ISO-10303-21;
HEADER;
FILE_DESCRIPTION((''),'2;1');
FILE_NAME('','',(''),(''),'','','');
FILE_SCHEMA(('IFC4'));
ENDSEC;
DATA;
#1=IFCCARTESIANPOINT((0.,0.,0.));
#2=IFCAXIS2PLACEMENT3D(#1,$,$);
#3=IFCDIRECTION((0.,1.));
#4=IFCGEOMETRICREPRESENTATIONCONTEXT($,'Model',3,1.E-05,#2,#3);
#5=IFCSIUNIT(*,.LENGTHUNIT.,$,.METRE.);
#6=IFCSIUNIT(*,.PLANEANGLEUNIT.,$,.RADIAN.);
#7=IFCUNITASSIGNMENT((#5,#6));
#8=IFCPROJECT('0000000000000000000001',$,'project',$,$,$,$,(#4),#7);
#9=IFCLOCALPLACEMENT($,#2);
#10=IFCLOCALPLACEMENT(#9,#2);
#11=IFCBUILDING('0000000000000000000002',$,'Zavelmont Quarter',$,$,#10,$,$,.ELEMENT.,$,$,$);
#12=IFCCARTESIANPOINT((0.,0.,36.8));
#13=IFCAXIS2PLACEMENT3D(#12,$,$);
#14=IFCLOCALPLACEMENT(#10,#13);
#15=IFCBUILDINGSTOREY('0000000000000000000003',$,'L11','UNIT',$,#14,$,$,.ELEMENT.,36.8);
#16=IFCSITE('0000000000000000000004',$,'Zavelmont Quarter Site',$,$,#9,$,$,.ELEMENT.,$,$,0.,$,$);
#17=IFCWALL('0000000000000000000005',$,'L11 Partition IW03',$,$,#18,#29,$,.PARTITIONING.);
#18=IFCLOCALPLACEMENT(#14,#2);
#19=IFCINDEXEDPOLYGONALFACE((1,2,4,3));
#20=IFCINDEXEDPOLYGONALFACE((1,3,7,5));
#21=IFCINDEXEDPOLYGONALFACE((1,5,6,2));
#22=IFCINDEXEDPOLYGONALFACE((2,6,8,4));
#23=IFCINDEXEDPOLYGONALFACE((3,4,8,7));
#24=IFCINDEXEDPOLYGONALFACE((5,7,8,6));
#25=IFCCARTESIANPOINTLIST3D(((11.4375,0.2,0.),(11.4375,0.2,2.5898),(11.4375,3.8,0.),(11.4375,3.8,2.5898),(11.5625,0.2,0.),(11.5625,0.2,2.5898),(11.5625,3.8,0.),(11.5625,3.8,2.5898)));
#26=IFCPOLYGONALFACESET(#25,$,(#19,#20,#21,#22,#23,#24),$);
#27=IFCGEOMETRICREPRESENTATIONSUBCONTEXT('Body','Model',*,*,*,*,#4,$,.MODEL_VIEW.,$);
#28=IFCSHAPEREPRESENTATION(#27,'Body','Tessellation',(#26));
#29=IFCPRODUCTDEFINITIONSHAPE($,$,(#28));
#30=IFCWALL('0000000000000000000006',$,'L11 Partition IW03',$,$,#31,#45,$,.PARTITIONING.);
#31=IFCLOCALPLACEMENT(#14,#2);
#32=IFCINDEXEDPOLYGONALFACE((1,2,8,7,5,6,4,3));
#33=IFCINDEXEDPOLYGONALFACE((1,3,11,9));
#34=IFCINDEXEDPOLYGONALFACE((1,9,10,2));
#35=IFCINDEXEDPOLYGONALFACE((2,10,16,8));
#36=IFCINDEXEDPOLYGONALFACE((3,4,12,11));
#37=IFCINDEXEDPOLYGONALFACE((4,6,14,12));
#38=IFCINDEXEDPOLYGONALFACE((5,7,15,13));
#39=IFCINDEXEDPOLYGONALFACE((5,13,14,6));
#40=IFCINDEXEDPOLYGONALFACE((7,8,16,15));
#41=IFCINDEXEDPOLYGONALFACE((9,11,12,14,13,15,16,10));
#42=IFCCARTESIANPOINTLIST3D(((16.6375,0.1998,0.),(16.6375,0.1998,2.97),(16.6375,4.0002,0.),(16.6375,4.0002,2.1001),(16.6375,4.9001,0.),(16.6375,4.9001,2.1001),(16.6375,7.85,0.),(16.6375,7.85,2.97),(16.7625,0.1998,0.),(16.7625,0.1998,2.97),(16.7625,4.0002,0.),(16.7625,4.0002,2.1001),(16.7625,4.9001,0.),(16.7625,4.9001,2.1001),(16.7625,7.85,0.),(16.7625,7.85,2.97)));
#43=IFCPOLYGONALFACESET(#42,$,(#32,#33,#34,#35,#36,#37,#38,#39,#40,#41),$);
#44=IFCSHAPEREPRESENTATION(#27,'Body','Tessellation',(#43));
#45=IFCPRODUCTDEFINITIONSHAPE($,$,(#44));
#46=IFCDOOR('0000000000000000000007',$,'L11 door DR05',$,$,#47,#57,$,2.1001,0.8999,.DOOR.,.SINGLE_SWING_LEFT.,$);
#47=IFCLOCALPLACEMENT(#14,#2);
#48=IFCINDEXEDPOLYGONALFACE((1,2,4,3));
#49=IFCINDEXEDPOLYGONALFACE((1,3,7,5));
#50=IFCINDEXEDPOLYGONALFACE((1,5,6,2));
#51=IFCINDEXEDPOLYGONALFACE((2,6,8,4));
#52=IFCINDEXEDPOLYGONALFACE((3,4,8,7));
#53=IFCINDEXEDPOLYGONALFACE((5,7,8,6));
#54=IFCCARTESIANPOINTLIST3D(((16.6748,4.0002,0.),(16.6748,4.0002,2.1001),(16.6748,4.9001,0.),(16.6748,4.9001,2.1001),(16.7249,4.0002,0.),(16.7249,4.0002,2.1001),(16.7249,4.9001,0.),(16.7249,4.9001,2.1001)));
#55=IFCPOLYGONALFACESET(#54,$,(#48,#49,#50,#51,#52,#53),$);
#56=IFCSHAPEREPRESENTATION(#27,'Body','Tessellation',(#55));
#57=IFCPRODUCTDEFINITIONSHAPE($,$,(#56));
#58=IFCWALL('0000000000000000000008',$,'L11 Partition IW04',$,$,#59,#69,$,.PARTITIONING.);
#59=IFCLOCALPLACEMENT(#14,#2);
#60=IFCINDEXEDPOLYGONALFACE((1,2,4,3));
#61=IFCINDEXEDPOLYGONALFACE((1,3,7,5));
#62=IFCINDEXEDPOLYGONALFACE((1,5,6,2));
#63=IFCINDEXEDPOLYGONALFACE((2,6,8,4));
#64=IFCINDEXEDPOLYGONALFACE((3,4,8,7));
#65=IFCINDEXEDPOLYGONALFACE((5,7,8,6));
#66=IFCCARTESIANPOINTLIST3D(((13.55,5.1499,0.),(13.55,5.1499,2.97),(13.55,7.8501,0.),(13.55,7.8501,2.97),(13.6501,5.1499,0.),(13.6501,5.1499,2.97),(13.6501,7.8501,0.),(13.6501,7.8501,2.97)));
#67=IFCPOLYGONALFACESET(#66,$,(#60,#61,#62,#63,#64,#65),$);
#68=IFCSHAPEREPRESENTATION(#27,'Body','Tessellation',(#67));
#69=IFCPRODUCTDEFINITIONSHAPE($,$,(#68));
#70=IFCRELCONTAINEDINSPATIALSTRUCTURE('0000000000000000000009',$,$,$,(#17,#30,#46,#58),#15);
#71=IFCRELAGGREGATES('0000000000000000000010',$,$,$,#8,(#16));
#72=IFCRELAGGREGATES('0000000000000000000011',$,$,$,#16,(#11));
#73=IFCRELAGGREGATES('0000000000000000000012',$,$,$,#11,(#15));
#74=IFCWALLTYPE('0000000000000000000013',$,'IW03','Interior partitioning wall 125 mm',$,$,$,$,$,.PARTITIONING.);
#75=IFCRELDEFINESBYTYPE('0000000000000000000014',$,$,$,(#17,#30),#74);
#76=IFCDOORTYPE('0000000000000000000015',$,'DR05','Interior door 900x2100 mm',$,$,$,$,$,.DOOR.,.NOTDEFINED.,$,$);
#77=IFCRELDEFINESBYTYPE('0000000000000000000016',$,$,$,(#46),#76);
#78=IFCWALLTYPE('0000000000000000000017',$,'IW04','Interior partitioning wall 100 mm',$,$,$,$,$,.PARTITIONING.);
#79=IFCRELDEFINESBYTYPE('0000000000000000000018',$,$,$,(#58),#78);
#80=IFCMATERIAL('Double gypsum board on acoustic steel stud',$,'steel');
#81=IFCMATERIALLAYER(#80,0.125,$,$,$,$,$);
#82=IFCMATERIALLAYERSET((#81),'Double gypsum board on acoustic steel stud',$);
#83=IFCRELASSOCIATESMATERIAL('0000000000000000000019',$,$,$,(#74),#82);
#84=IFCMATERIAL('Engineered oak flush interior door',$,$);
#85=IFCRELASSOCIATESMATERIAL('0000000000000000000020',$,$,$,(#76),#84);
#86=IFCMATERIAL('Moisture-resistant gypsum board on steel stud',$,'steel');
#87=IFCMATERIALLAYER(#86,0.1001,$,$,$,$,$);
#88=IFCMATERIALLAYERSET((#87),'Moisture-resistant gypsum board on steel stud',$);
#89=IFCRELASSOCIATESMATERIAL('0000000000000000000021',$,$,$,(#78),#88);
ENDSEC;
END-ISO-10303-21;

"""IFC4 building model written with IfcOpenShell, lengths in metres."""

from ifc_helpers import new_model, si_unit, direction, frame, frame_2d, origin, origin_with_axes, place, context, subcontext, project, spatial, rectangle, extrude, material, layer, layer_set, type_object, element, fill, save


model = new_model("IFC4")

# Units and contexts
model_context = context("Model", 3, precision=1e-05, world=origin(), true_north=direction((0.0, 1.0)))
body_context = subcontext(model_context, "Body", "Model", "MODEL_VIEW")
ifc_project = project(units=[si_unit("LENGTHUNIT", "METRE"), si_unit("PLANEANGLEUNIT", "RADIAN")], contexts=[model_context])

# Site, building, storey
site_placement = place(None, origin())
site = spatial("IfcSite", under=ifc_project, at=site_placement, Name="Zavelmont Quarter Site", CompositionType="ELEMENT", RefElevation=0.0)
building_placement = place(site_placement, origin())
building = spatial("IfcBuilding", under=site, at=building_placement, Name="Zavelmont Quarter", CompositionType="ELEMENT")
storey_placement = place(building_placement, frame((0.0, 0.0, 36.8)))
storey = spatial("IfcBuildingStorey", under=building, at=storey_placement, Name="L11", Description="UNIT", CompositionType="ELEMENT", Elevation=36.8)

# Wall
ifc_material_1 = material(Name="Double gypsum board on acoustic steel stud", Category="steel")
ifc_layer_1 = layer(ifc_material_1, 0.125)
ifc_layer_set_1 = layer_set([ifc_layer_1], Name="Double gypsum board on acoustic steel stud")
wall_type_1 = type_object("IfcWallType", Name="IW03", Description="Interior partitioning wall 125 mm", PredefinedType="PARTITIONING", material=ifc_layer_set_1)
wall_1_placement = place(storey_placement, frame((11.5, 3.8, 0.0), z_axis=(0.0, 0.0, 1.0), x_axis=(0.0, -1.0, 0.0)))
element("IfcWall", 1, at=wall_1_placement, inside=storey, type_object=wall_type_1, Name="L11 Partition IW03", PredefinedType="PARTITIONING", context=body_context, shape_type="SweptSolid", body=[
    extrude(rectangle(XDim=3.6001, YDim=0.125, at=frame_2d((1.8, 0.0))), origin(), (0.0, 0.0, 1.0), 2.5898),
])

# Wall, opening, door
wall_2_placement = place(storey_placement, frame((16.7, 7.8501, 0.0), z_axis=(0.0, 0.0, 1.0), x_axis=(0.0, -1.0, 0.0)))
wall_2 = element("IfcWall", 2, at=wall_2_placement, inside=storey, type_object=wall_type_1, Name="L11 Partition IW03", PredefinedType="PARTITIONING", context=body_context, shape_type="SweptSolid", body=[
    extrude(rectangle(XDim=7.6501, YDim=0.125, at=frame_2d((3.8252, 0.0))), origin(), (0.0, 0.0, 1.0), 2.97),
])
opening_placement = place(wall_2_placement, frame((2.95, 0.0, 0.0)))
opening = element("IfcOpeningElement", 3, at=opening_placement, cuts=wall_2, PredefinedType="OPENING", context=body_context, shape_type="SweptSolid", body=[
    extrude(rectangle(XDim=0.8999, YDim=2.1001, at=frame_2d((0.45, 1.05))), frame((0.0, 0.0745, 0.0), z_axis=(0.0, -1.0, 0.0), x_axis=(1.0, 0.0, 0.0)), (0.0, 0.0, 1.0), 0.1489),
])
ifc_material_2 = material(Name="Engineered oak flush interior door")
door_type = type_object("IfcDoorType", Name="DR05", Description="Interior door 900x2100 mm", OperationType="NOTDEFINED", PredefinedType="DOOR", material=ifc_material_2)
door_placement = place(opening_placement, origin_with_axes())
door = element("IfcDoor", 4, at=door_placement, inside=storey, type_object=door_type, Name="L11 door DR05", OperationType="SINGLE_SWING_LEFT", OverallHeight=2.1001, OverallWidth=0.8999, PredefinedType="DOOR", context=body_context, shape_type="SweptSolid", body=[
    extrude(rectangle(XDim=0.8999, YDim=2.1001, at=frame_2d((0.45, 1.05))), frame((0.0, 0.0249, 0.0), z_axis=(0.0, -1.0, 0.0), x_axis=(1.0, 0.0, 0.0)), (0.0, 0.0, 1.0), 0.05),
])
fill(opening, door)

# Wall
ifc_material_3 = material(Name="Moisture-resistant gypsum board on steel stud", Category="steel")
ifc_layer_2 = layer(ifc_material_3, 0.1001)
ifc_layer_set_2 = layer_set([ifc_layer_2], Name="Moisture-resistant gypsum board on steel stud")
wall_type_2 = type_object("IfcWallType", Name="IW04", Description="Interior partitioning wall 100 mm", PredefinedType="PARTITIONING", material=ifc_layer_set_2)
wall_3_placement = place(storey_placement, frame((13.6001, 7.8501, 0.0), z_axis=(0.0, 0.0, 1.0), x_axis=(0.0, -1.0, 0.0)))
element("IfcWall", 5, at=wall_3_placement, inside=storey, type_object=wall_type_2, Name="L11 Partition IW04", PredefinedType="PARTITIONING", context=body_context, shape_type="SweptSolid", body=[
    extrude(rectangle(XDim=2.7002, YDim=0.1001, at=frame_2d((1.3501, 0.0))), origin(), (0.0, 0.0, 1.0), 2.97),
])

save(model, "model.ifc")
